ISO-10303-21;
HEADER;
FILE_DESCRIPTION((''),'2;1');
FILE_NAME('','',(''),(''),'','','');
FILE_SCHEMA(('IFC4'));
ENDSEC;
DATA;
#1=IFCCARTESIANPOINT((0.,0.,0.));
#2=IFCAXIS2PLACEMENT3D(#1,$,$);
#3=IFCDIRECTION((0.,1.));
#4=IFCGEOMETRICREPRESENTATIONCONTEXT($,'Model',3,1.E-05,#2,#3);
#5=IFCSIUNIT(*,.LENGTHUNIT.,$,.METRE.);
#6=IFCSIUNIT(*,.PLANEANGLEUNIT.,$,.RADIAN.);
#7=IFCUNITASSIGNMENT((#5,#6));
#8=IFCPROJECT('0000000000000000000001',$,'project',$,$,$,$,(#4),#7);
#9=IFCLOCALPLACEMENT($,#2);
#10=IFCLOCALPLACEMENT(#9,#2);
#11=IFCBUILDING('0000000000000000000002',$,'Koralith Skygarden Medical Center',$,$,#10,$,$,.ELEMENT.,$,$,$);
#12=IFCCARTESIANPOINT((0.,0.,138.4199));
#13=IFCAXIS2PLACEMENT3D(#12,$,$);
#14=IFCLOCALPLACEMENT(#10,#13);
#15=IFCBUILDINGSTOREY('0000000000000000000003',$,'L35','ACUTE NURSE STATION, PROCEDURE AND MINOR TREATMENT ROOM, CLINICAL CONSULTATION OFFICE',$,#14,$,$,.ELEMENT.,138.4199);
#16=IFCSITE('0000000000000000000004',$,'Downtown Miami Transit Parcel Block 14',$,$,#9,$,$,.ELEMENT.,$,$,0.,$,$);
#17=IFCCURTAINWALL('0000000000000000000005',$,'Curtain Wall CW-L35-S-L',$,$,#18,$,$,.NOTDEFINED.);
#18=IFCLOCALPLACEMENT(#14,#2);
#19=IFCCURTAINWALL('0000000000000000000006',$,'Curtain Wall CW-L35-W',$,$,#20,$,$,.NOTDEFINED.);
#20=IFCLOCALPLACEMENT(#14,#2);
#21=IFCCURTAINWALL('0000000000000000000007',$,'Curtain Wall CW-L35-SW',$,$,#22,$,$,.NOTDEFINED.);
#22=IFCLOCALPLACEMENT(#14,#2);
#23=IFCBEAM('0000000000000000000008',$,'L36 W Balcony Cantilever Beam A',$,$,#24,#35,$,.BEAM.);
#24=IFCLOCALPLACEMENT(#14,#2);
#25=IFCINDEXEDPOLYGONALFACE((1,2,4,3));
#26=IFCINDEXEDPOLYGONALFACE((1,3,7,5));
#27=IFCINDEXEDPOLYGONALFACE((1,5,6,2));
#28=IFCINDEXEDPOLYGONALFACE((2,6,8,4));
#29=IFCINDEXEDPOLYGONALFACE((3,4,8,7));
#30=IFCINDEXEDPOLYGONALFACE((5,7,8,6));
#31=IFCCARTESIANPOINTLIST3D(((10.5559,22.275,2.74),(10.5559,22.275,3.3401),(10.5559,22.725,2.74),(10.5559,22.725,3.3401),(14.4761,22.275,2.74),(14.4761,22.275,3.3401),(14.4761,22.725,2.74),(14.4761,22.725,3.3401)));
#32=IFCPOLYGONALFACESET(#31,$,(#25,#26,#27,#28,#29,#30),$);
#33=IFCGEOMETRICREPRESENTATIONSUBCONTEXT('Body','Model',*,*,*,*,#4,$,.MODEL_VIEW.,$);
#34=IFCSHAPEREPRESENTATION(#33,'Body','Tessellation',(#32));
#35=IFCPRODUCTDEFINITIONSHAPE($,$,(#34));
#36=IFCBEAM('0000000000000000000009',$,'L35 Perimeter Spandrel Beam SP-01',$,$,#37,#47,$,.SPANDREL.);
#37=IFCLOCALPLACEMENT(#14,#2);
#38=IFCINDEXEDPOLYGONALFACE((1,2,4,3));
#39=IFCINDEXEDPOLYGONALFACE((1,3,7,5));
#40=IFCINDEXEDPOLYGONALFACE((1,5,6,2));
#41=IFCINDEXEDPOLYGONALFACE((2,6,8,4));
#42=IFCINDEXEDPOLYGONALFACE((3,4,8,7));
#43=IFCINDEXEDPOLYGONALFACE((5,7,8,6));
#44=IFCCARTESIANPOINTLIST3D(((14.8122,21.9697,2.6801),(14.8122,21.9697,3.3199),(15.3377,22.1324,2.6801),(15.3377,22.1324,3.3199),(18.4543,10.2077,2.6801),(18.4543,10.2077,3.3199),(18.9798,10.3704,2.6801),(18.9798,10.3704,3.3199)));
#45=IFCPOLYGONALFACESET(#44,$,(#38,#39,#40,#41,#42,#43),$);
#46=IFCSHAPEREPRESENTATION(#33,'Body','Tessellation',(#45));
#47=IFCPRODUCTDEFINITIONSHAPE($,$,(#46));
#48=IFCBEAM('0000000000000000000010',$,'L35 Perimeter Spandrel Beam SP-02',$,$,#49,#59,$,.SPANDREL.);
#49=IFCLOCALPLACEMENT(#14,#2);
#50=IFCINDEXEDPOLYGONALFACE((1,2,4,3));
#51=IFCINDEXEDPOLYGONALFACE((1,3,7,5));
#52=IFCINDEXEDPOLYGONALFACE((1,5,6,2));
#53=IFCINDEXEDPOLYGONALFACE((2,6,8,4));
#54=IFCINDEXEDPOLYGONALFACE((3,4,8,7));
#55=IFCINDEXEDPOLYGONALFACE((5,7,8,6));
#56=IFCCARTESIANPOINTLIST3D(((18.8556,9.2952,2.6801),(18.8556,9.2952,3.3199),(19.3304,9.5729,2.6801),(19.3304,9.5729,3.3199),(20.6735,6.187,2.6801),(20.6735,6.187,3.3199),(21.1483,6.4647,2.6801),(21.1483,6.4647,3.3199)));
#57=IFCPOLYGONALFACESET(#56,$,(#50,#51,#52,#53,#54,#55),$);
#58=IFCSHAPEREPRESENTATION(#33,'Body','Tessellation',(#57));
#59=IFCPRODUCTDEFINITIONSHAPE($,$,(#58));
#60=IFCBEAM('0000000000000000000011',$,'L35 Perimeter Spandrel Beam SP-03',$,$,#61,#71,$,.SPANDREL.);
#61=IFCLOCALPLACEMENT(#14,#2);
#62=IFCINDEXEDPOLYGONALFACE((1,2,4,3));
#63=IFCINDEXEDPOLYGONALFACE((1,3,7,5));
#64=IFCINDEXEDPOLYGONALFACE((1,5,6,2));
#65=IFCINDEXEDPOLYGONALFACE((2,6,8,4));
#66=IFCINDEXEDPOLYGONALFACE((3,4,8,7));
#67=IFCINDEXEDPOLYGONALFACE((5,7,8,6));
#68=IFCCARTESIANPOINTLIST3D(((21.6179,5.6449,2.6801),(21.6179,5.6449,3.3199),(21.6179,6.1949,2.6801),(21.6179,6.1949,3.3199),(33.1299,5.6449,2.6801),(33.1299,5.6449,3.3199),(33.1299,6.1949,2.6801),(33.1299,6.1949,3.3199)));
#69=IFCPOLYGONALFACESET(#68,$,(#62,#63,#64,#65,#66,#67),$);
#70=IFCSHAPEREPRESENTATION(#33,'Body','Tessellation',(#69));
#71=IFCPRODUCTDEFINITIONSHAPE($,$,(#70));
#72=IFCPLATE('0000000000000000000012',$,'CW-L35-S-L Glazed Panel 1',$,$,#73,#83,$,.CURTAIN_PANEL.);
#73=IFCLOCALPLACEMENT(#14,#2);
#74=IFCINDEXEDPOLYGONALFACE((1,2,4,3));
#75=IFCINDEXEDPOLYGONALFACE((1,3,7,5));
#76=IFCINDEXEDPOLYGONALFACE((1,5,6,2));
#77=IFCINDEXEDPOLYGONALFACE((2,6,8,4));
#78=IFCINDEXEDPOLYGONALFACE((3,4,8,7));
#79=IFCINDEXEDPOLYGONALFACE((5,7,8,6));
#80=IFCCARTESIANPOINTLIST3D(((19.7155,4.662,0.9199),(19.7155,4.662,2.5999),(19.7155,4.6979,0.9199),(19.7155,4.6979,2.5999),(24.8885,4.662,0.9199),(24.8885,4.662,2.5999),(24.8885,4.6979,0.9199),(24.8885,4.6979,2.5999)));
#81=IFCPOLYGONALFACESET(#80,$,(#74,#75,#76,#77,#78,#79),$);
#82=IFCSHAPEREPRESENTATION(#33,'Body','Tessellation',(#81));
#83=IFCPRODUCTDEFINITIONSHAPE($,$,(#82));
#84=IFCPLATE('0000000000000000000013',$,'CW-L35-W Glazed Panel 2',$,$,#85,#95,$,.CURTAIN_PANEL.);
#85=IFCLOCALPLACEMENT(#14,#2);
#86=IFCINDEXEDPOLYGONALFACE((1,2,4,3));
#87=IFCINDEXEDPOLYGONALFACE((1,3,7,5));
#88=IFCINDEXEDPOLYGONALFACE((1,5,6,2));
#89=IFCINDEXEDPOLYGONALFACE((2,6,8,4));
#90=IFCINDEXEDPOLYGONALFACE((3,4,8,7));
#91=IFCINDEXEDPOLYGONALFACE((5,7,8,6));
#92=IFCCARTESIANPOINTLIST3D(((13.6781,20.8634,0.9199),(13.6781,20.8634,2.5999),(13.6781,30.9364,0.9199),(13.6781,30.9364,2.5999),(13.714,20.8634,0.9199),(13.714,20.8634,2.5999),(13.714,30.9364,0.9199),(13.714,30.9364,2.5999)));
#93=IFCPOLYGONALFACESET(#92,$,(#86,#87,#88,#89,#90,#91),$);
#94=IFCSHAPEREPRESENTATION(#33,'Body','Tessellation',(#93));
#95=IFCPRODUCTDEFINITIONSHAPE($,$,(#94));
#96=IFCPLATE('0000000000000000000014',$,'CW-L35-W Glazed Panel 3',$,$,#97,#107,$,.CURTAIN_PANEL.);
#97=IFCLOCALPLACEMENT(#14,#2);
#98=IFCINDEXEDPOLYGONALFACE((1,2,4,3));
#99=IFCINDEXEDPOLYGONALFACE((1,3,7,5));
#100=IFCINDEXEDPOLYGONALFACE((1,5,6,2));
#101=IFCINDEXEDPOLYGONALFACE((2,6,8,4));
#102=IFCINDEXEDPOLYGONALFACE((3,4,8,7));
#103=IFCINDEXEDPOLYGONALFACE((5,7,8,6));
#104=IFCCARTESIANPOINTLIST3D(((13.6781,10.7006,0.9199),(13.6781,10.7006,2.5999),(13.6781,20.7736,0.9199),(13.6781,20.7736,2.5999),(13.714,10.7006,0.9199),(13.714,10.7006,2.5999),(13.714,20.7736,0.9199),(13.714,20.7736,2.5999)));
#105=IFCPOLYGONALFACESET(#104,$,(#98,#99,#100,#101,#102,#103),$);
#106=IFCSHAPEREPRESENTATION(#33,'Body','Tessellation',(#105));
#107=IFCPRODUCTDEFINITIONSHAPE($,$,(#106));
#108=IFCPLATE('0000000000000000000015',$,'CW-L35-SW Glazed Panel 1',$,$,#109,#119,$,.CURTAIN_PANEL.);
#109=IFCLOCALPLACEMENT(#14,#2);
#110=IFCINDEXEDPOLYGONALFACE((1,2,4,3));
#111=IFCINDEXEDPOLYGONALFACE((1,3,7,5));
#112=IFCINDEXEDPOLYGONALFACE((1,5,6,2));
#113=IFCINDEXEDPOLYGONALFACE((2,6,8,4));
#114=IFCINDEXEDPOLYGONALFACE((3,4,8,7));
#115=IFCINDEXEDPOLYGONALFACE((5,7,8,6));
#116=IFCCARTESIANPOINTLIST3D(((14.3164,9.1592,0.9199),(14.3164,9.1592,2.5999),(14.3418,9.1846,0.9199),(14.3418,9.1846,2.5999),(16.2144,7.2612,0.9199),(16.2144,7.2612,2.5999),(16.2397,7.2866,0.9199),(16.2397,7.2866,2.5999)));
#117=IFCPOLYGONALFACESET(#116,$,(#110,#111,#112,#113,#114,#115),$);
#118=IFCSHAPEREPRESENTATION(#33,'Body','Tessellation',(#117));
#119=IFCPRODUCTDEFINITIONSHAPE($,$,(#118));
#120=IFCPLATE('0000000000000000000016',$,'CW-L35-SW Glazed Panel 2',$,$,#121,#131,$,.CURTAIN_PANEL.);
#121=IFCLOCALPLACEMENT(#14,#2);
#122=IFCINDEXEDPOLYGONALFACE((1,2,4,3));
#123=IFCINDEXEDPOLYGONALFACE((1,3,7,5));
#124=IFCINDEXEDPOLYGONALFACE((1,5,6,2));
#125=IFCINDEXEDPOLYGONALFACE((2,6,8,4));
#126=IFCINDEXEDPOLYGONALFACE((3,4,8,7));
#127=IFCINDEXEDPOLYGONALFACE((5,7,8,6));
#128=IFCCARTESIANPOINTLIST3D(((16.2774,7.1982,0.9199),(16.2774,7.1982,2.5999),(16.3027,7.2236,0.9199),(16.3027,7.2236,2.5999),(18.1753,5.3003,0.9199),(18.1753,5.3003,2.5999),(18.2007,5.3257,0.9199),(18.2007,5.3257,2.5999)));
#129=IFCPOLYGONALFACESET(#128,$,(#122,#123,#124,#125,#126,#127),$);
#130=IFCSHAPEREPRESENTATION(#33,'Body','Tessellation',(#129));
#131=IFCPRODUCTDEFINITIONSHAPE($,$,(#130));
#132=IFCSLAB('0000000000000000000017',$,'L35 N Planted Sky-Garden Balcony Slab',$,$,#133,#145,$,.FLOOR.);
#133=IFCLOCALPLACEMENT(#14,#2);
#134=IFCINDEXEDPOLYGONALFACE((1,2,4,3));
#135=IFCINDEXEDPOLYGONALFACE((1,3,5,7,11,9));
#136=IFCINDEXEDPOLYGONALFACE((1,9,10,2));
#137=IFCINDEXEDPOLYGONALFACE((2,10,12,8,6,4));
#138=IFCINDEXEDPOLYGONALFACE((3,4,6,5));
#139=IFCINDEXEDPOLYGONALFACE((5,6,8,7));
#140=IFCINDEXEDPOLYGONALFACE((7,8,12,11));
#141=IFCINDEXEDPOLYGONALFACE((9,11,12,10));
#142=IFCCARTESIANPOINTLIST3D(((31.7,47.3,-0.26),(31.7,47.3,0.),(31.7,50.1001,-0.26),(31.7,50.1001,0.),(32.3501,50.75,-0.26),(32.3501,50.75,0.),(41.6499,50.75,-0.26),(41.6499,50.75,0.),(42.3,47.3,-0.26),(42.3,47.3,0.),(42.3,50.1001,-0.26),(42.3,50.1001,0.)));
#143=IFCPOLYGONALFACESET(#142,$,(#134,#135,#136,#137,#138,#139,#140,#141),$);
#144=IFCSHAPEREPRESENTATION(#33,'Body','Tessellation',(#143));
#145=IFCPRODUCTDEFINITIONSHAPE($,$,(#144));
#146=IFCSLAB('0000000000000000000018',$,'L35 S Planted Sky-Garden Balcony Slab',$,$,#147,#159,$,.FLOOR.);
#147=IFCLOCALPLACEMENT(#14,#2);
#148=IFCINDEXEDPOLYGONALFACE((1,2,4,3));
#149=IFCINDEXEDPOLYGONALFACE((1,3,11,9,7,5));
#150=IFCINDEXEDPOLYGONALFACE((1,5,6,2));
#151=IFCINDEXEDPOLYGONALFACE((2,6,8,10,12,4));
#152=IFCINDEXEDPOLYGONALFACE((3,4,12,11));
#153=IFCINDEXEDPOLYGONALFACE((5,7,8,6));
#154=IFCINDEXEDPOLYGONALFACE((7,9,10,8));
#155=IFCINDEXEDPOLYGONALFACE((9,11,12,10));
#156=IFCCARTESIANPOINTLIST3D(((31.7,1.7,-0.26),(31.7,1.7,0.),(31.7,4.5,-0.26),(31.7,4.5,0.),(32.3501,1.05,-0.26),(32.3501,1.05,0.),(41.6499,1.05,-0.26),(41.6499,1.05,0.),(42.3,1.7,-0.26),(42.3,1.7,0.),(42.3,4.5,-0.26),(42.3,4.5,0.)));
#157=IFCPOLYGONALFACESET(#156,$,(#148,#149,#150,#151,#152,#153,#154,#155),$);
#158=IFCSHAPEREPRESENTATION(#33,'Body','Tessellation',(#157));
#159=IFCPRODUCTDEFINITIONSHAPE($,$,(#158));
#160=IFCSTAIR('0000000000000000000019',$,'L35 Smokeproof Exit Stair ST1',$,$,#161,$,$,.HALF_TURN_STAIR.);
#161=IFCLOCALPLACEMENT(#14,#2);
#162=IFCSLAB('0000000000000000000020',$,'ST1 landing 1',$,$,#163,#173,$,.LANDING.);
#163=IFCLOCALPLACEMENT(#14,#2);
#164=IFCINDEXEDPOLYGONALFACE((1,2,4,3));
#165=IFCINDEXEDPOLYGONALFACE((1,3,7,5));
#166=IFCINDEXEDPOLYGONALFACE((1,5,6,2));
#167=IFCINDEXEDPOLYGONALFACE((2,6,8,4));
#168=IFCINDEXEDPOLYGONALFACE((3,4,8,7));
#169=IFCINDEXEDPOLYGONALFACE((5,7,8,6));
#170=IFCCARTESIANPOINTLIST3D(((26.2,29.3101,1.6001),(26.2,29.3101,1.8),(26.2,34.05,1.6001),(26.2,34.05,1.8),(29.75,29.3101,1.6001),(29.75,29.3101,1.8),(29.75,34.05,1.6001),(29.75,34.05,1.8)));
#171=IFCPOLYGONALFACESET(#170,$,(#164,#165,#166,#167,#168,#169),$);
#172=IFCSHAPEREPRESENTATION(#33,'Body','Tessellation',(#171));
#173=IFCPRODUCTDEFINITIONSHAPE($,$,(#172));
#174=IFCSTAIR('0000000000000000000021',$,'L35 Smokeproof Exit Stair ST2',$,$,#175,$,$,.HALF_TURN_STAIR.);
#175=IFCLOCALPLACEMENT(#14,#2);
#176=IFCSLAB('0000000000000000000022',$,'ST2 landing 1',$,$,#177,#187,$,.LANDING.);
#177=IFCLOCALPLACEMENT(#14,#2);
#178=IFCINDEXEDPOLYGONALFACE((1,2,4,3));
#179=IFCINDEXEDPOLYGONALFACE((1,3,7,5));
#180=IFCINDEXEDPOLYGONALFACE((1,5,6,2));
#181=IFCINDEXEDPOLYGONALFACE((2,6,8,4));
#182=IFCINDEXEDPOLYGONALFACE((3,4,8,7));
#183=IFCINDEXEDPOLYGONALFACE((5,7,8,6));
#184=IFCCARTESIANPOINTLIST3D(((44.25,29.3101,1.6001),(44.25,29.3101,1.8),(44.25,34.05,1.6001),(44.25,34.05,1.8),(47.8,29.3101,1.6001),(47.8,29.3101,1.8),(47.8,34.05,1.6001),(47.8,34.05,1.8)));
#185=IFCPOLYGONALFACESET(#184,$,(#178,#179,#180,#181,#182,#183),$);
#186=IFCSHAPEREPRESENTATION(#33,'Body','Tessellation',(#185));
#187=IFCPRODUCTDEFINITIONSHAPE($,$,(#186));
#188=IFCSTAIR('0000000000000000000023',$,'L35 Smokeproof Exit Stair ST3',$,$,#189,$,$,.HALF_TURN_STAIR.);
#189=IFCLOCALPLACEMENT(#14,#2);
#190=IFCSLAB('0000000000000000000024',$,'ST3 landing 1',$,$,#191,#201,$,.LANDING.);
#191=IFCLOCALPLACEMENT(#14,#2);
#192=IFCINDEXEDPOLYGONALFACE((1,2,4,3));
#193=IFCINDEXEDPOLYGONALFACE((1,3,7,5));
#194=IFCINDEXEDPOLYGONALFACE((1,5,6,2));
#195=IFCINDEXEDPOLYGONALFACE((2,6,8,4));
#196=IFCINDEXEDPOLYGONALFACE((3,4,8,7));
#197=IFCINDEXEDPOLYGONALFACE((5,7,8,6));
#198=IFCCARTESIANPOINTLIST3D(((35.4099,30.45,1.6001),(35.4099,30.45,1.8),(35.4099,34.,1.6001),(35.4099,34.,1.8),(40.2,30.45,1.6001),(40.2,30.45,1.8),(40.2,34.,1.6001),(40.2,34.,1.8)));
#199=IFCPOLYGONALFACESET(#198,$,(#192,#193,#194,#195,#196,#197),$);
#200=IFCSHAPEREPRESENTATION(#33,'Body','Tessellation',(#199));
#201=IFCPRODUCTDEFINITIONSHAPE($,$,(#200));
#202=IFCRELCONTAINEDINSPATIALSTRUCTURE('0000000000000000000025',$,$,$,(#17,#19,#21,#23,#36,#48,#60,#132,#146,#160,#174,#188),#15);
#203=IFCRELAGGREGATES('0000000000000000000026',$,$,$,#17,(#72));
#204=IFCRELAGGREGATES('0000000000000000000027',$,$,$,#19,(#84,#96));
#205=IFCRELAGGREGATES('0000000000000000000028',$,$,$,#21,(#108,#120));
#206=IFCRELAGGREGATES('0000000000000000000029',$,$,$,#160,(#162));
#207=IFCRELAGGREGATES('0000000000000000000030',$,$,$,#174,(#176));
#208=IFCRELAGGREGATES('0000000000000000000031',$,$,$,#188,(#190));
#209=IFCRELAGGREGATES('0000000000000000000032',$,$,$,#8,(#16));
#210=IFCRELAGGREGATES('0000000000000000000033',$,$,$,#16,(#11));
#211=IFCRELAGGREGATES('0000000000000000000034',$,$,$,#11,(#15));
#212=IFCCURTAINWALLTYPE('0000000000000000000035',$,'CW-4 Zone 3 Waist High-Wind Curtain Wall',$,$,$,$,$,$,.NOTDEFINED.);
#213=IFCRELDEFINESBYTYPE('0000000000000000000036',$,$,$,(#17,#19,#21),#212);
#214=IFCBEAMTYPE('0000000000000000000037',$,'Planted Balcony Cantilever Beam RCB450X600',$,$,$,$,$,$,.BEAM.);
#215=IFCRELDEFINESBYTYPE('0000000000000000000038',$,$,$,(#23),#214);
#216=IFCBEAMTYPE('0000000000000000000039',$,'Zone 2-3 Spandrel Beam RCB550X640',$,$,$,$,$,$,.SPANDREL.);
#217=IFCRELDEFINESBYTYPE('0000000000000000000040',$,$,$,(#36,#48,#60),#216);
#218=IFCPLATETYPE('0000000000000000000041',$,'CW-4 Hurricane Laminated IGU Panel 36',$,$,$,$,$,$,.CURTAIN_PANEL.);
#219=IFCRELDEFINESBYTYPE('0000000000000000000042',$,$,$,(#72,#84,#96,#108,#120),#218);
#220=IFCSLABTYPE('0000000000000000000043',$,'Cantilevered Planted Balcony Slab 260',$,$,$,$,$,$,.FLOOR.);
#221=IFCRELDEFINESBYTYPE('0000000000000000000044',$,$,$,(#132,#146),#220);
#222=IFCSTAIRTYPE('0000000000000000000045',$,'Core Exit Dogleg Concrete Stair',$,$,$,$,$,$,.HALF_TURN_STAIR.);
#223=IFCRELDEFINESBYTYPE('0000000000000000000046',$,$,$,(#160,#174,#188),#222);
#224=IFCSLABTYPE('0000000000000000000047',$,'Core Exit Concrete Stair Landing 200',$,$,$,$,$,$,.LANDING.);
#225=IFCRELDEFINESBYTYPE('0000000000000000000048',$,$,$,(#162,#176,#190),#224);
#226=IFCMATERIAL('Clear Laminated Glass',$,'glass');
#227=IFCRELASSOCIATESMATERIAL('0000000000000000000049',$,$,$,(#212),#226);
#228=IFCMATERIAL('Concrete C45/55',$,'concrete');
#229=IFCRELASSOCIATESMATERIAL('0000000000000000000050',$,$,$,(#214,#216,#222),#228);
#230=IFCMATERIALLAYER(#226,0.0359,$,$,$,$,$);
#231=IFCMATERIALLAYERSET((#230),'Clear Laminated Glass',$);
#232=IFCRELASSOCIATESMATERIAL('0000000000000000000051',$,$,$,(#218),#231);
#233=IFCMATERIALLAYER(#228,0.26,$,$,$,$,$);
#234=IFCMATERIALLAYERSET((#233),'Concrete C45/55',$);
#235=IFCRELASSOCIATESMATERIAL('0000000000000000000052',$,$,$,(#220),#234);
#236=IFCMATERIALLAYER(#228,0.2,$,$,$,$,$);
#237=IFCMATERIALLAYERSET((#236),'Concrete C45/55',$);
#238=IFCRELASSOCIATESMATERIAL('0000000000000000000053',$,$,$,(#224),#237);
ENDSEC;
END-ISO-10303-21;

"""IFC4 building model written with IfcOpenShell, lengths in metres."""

from ifc_helpers import new_model, si_unit, direction, frame, origin, origin_2d, place, context, subcontext, project, spatial, polyline, rectangle, outline, extrude, material, layer, layer_set, material_profile, profile_set, type_object, element, aggregate, save


model = new_model("IFC4")

# Units and contexts
model_context = context("Model", 3, precision=1e-05, world=origin(), true_north=direction((0.0, 1.0)))
body_context = subcontext(model_context, "Body", "Model", "MODEL_VIEW")
ifc_project = project(units=[si_unit("LENGTHUNIT", "METRE"), si_unit("PLANEANGLEUNIT", "RADIAN")], contexts=[model_context])

# Site, building, storey
site_placement = place(None, origin())
site = spatial("IfcSite", under=ifc_project, at=site_placement, Name="Downtown Miami Transit Parcel Block 14", CompositionType="ELEMENT", RefElevation=0.0)
building_placement = place(site_placement, origin())
building = spatial("IfcBuilding", under=site, at=building_placement, Name="Koralith Skygarden Medical Center", CompositionType="ELEMENT")
storey_placement = place(building_placement, frame((0.0, 0.0, 138.4199)))
storey = spatial("IfcBuildingStorey", under=building, at=storey_placement, Name="L35", Description="ACUTE NURSE STATION, PROCEDURE AND MINOR TREATMENT ROOM, CLINICAL CONSULTATION OFFICE", CompositionType="ELEMENT", Elevation=138.4199)

# Curtain wall
ifc_material_1 = material(Name="Clear Laminated Glass", Category="glass")
curtain_wall_type = type_object("IfcCurtainWallType", Name="CW-4 Zone 3 Waist High-Wind Curtain Wall", PredefinedType="NOTDEFINED", material=ifc_material_1)
curtain_wall_1_placement = place(storey_placement, origin())
curtain_wall_1 = element("IfcCurtainWall", 1, at=curtain_wall_1_placement, inside=storey, type_object=curtain_wall_type, Name="Curtain Wall CW-L35-S-L", PredefinedType="NOTDEFINED")

# Curtain walls
curtain_wall_2_placement = place(storey_placement, origin())
curtain_wall_2 = element("IfcCurtainWall", 2, at=curtain_wall_2_placement, inside=storey, type_object=curtain_wall_type, Name="Curtain Wall CW-L35-W", PredefinedType="NOTDEFINED")
curtain_wall_3_placement = place(storey_placement, origin())
curtain_wall_3 = element("IfcCurtainWall", 3, at=curtain_wall_3_placement, inside=storey, type_object=curtain_wall_type, Name="Curtain Wall CW-L35-SW", PredefinedType="NOTDEFINED")

# Beams
ifc_material_2 = material(Name="Concrete C45/55", Category="concrete")
ifc_material_profile_1 = material_profile(ifc_material_2, rectangle(XDim=0.45, YDim=0.6001, at=origin_2d()), Name="RCB450X600")
ifc_profile_set_1 = profile_set([ifc_material_profile_1], Name="Concrete C45/55")
beam_type_1 = type_object("IfcBeamType", Name="Planted Balcony Cantilever Beam RCB450X600", PredefinedType="BEAM", material=ifc_profile_set_1)
beam_1_placement = place(storey_placement, frame((14.4761, 22.5, 3.04), z_axis=(-1.0, 0.0, 0.0), x_axis=(0.0, -1.0, 0.0)))
element("IfcBeam", 4, at=beam_1_placement, inside=storey, type_object=beam_type_1, Name="L36 W Balcony Cantilever Beam A", PredefinedType="BEAM", context=body_context, shape_type="SweptSolid", body=[
    extrude(rectangle(XDim=0.45, YDim=0.6001, at=origin_2d()), origin(), (0.0, 0.0, 1.0), 3.9202),
])
ifc_material_profile_2 = material_profile(ifc_material_2, rectangle(XDim=0.55, YDim=0.6399, at=origin_2d()), Name="RCB550X640")
ifc_profile_set_2 = profile_set([ifc_material_profile_2], Name="Concrete C45/55")
beam_type_2 = type_object("IfcBeamType", Name="Zone 2-3 Spandrel Beam RCB550X640", PredefinedType="SPANDREL", material=ifc_profile_set_2)
beam_2_placement = place(storey_placement, frame((15.075, 22.051, 3.0), z_axis=(0.295794, -0.955252, 0.0), x_axis=(0.955252, 0.295794, 0.0)))
element("IfcBeam", 5, at=beam_2_placement, inside=storey, type_object=beam_type_2, Name="L35 Perimeter Spandrel Beam SP-01", PredefinedType="SPANDREL", context=body_context, shape_type="SweptSolid", body=[
    extrude(rectangle(XDim=0.55, YDim=0.6399, at=origin_2d()), origin(), (0.0, 0.0, 1.0), 12.313),
])
beam_3_placement = place(storey_placement, frame((19.093, 9.4341, 3.0), z_axis=(0.504861, -0.8632, 0.0), x_axis=(0.8632, 0.504861, 0.0)))
element("IfcBeam", 6, at=beam_3_placement, inside=storey, type_object=beam_type_2, Name="L35 Perimeter Spandrel Beam SP-02", PredefinedType="SPANDREL", context=body_context, shape_type="SweptSolid", body=[
    extrude(rectangle(XDim=0.55, YDim=0.6399, at=origin_2d()), origin(), (0.0, 0.0, 1.0), 3.6008),
])
beam_4_placement = place(storey_placement, frame((21.6179, 5.9199, 3.0), z_axis=(1.0, 0.0, 0.0), x_axis=(0.0, 1.0, 0.0)))
element("IfcBeam", 7, at=beam_4_placement, inside=storey, type_object=beam_type_2, Name="L35 Perimeter Spandrel Beam SP-03", PredefinedType="SPANDREL", context=body_context, shape_type="SweptSolid", body=[
    extrude(rectangle(XDim=0.55, YDim=0.6399, at=origin_2d()), origin(), (0.0, 0.0, 1.0), 11.512),
])

# Plates
ifc_layer_1 = layer(ifc_material_1, 0.0359)
ifc_layer_set_1 = layer_set([ifc_layer_1], Name="Clear Laminated Glass")
plate_type_1 = type_object("IfcPlateType", Name="CW-4 Hurricane Laminated IGU Panel 36", PredefinedType="CURTAIN_PANEL", material=ifc_layer_set_1)
plate_1_placement = place(storey_placement, frame((22.302, 4.6799, 0.9199), z_axis=(0.0, 0.0, 1.0), x_axis=(1.0, 0.0, 0.0)))
plate_1 = element("IfcPlate", 8, at=plate_1_placement, type_object=plate_type_1, Name="CW-L35-S-L Glazed Panel 1", PredefinedType="CURTAIN_PANEL", context=body_context, shape_type="SweptSolid", body=[
    extrude(rectangle(XDim=5.1731, YDim=0.0359, at=origin_2d()), origin(), (0.0, 0.0, 1.0), 1.6799),
])
aggregate(curtain_wall_1, [plate_1])
plate_2_placement = place(storey_placement, frame((13.696, 25.8999, 0.9199), z_axis=(0.0, 0.0, 1.0), x_axis=(0.0, -1.0, 0.0)))
plate_2 = element("IfcPlate", 9, at=plate_2_placement, type_object=plate_type_1, Name="CW-L35-W Glazed Panel 2", PredefinedType="CURTAIN_PANEL", context=body_context, shape_type="SweptSolid", body=[
    extrude(rectangle(XDim=10.073, YDim=0.0359, at=origin_2d()), origin(), (0.0, 0.0, 1.0), 1.6799),
])
plate_3_placement = place(storey_placement, frame((13.696, 15.7371, 0.9199), z_axis=(0.0, 0.0, 1.0), x_axis=(0.0, -1.0, 0.0)))
plate_3 = element("IfcPlate", 10, at=plate_3_placement, type_object=plate_type_1, Name="CW-L35-W Glazed Panel 3", PredefinedType="CURTAIN_PANEL", context=body_context, shape_type="SweptSolid", body=[
    extrude(rectangle(XDim=10.073, YDim=0.0359, at=origin_2d()), origin(), (0.0, 0.0, 1.0), 1.6799),
])
aggregate(curtain_wall_2, [plate_2, plate_3])
plate_4_placement = place(storey_placement, frame((15.2781, 8.2229, 0.9199), z_axis=(0.0, 0.0, 1.0), x_axis=(0.707107, -0.707107, 0.0)))
plate_4 = element("IfcPlate", 11, at=plate_4_placement, type_object=plate_type_1, Name="CW-L35-SW Glazed Panel 1", PredefinedType="CURTAIN_PANEL", context=body_context, shape_type="SweptSolid", body=[
    extrude(rectangle(XDim=2.6841, YDim=0.0359, at=origin_2d()), origin(), (0.0, 0.0, 1.0), 1.6799),
])
plate_5_placement = place(storey_placement, frame((17.239, 6.262, 0.9199), z_axis=(0.0, 0.0, 1.0), x_axis=(0.707107, -0.707107, 0.0)))
plate_5 = element("IfcPlate", 12, at=plate_5_placement, type_object=plate_type_1, Name="CW-L35-SW Glazed Panel 2", PredefinedType="CURTAIN_PANEL", context=body_context, shape_type="SweptSolid", body=[
    extrude(rectangle(XDim=2.6841, YDim=0.0359, at=origin_2d()), origin(), (0.0, 0.0, 1.0), 1.6799),
])
aggregate(curtain_wall_3, [plate_4, plate_5])

# Slabs
ifc_layer_2 = layer(ifc_material_2, 0.26)
ifc_layer_set_2 = layer_set([ifc_layer_2], Name="Concrete C45/55")
slab_type_1 = type_object("IfcSlabType", Name="Cantilevered Planted Balcony Slab 260", PredefinedType="FLOOR", material=ifc_layer_set_2)
slab_1_placement = place(storey_placement, frame((0.0, 0.0, -0.26)))
element("IfcSlab", 13, at=slab_1_placement, inside=storey, type_object=slab_type_1, Name="L35 N Planted Sky-Garden Balcony Slab", PredefinedType="FLOOR", context=body_context, shape_type="SweptSolid", body=[
    extrude(outline(polyline([(31.7, 47.3), (42.3, 47.3), (42.3, 50.1001), (41.6499, 50.75), (32.3501, 50.75), (31.7, 50.1001), (31.7, 47.3)])), origin(), (0.0, 0.0, 1.0), 0.26),
])
slab_2_placement = place(storey_placement, frame((0.0, 0.0, -0.26)))
element("IfcSlab", 14, at=slab_2_placement, inside=storey, type_object=slab_type_1, Name="L35 S Planted Sky-Garden Balcony Slab", PredefinedType="FLOOR", context=body_context, shape_type="SweptSolid", body=[
    extrude(outline(polyline([(32.3501, 1.05), (41.6499, 1.05), (42.3, 1.7), (42.3, 4.5), (31.7, 4.5), (31.7, 1.7), (32.3501, 1.05)])), origin(), (0.0, 0.0, 1.0), 0.26),
])

# Stairs, slabs
stair_type = type_object("IfcStairType", Name="Core Exit Dogleg Concrete Stair", PredefinedType="HALF_TURN_STAIR", material=ifc_material_2)
stair_1_placement = place(storey_placement, origin())
stair_1 = element("IfcStair", 15, at=stair_1_placement, inside=storey, type_object=stair_type, Name="L35 Smokeproof Exit Stair ST1", PredefinedType="HALF_TURN_STAIR")
ifc_layer_3 = layer(ifc_material_2, 0.2)
ifc_layer_set_3 = layer_set([ifc_layer_3], Name="Concrete C45/55")
slab_type_2 = type_object("IfcSlabType", Name="Core Exit Concrete Stair Landing 200", PredefinedType="LANDING", material=ifc_layer_set_3)
slab_3_placement = place(storey_placement, frame((0.0, 0.0, 1.6001)))
slab_3 = element("IfcSlab", 16, at=slab_3_placement, type_object=slab_type_2, Name="ST1 landing 1", PredefinedType="LANDING", context=body_context, shape_type="SweptSolid", body=[
    extrude(outline(polyline([(29.75, 29.3101), (29.75, 34.05), (26.2, 34.05), (26.2, 29.3101), (29.75, 29.3101)])), origin(), (0.0, 0.0, 1.0), 0.2),
])
aggregate(stair_1, [slab_3])
stair_2_placement = place(storey_placement, origin())
stair_2 = element("IfcStair", 17, at=stair_2_placement, inside=storey, type_object=stair_type, Name="L35 Smokeproof Exit Stair ST2", PredefinedType="HALF_TURN_STAIR")
slab_4_placement = place(storey_placement, frame((0.0, 0.0, 1.6001)))
slab_4 = element("IfcSlab", 18, at=slab_4_placement, type_object=slab_type_2, Name="ST2 landing 1", PredefinedType="LANDING", context=body_context, shape_type="SweptSolid", body=[
    extrude(outline(polyline([(47.8, 29.3101), (47.8, 34.05), (44.25, 34.05), (44.25, 29.3101), (47.8, 29.3101)])), origin(), (0.0, 0.0, 1.0), 0.2),
])
aggregate(stair_2, [slab_4])
stair_3_placement = place(storey_placement, origin())
stair_3 = element("IfcStair", 19, at=stair_3_placement, inside=storey, type_object=stair_type, Name="L35 Smokeproof Exit Stair ST3", PredefinedType="HALF_TURN_STAIR")
slab_5_placement = place(storey_placement, frame((0.0, 0.0, 1.6001)))
slab_5 = element("IfcSlab", 20, at=slab_5_placement, type_object=slab_type_2, Name="ST3 landing 1", PredefinedType="LANDING", context=body_context, shape_type="SweptSolid", body=[
    extrude(outline(polyline([(35.4099, 30.45), (40.2, 30.45), (40.2, 34.0), (35.4099, 34.0), (35.4099, 30.45)])), origin(), (0.0, 0.0, 1.0), 0.2),
])
aggregate(stair_3, [slab_5])

save(model, "model.ifc")
